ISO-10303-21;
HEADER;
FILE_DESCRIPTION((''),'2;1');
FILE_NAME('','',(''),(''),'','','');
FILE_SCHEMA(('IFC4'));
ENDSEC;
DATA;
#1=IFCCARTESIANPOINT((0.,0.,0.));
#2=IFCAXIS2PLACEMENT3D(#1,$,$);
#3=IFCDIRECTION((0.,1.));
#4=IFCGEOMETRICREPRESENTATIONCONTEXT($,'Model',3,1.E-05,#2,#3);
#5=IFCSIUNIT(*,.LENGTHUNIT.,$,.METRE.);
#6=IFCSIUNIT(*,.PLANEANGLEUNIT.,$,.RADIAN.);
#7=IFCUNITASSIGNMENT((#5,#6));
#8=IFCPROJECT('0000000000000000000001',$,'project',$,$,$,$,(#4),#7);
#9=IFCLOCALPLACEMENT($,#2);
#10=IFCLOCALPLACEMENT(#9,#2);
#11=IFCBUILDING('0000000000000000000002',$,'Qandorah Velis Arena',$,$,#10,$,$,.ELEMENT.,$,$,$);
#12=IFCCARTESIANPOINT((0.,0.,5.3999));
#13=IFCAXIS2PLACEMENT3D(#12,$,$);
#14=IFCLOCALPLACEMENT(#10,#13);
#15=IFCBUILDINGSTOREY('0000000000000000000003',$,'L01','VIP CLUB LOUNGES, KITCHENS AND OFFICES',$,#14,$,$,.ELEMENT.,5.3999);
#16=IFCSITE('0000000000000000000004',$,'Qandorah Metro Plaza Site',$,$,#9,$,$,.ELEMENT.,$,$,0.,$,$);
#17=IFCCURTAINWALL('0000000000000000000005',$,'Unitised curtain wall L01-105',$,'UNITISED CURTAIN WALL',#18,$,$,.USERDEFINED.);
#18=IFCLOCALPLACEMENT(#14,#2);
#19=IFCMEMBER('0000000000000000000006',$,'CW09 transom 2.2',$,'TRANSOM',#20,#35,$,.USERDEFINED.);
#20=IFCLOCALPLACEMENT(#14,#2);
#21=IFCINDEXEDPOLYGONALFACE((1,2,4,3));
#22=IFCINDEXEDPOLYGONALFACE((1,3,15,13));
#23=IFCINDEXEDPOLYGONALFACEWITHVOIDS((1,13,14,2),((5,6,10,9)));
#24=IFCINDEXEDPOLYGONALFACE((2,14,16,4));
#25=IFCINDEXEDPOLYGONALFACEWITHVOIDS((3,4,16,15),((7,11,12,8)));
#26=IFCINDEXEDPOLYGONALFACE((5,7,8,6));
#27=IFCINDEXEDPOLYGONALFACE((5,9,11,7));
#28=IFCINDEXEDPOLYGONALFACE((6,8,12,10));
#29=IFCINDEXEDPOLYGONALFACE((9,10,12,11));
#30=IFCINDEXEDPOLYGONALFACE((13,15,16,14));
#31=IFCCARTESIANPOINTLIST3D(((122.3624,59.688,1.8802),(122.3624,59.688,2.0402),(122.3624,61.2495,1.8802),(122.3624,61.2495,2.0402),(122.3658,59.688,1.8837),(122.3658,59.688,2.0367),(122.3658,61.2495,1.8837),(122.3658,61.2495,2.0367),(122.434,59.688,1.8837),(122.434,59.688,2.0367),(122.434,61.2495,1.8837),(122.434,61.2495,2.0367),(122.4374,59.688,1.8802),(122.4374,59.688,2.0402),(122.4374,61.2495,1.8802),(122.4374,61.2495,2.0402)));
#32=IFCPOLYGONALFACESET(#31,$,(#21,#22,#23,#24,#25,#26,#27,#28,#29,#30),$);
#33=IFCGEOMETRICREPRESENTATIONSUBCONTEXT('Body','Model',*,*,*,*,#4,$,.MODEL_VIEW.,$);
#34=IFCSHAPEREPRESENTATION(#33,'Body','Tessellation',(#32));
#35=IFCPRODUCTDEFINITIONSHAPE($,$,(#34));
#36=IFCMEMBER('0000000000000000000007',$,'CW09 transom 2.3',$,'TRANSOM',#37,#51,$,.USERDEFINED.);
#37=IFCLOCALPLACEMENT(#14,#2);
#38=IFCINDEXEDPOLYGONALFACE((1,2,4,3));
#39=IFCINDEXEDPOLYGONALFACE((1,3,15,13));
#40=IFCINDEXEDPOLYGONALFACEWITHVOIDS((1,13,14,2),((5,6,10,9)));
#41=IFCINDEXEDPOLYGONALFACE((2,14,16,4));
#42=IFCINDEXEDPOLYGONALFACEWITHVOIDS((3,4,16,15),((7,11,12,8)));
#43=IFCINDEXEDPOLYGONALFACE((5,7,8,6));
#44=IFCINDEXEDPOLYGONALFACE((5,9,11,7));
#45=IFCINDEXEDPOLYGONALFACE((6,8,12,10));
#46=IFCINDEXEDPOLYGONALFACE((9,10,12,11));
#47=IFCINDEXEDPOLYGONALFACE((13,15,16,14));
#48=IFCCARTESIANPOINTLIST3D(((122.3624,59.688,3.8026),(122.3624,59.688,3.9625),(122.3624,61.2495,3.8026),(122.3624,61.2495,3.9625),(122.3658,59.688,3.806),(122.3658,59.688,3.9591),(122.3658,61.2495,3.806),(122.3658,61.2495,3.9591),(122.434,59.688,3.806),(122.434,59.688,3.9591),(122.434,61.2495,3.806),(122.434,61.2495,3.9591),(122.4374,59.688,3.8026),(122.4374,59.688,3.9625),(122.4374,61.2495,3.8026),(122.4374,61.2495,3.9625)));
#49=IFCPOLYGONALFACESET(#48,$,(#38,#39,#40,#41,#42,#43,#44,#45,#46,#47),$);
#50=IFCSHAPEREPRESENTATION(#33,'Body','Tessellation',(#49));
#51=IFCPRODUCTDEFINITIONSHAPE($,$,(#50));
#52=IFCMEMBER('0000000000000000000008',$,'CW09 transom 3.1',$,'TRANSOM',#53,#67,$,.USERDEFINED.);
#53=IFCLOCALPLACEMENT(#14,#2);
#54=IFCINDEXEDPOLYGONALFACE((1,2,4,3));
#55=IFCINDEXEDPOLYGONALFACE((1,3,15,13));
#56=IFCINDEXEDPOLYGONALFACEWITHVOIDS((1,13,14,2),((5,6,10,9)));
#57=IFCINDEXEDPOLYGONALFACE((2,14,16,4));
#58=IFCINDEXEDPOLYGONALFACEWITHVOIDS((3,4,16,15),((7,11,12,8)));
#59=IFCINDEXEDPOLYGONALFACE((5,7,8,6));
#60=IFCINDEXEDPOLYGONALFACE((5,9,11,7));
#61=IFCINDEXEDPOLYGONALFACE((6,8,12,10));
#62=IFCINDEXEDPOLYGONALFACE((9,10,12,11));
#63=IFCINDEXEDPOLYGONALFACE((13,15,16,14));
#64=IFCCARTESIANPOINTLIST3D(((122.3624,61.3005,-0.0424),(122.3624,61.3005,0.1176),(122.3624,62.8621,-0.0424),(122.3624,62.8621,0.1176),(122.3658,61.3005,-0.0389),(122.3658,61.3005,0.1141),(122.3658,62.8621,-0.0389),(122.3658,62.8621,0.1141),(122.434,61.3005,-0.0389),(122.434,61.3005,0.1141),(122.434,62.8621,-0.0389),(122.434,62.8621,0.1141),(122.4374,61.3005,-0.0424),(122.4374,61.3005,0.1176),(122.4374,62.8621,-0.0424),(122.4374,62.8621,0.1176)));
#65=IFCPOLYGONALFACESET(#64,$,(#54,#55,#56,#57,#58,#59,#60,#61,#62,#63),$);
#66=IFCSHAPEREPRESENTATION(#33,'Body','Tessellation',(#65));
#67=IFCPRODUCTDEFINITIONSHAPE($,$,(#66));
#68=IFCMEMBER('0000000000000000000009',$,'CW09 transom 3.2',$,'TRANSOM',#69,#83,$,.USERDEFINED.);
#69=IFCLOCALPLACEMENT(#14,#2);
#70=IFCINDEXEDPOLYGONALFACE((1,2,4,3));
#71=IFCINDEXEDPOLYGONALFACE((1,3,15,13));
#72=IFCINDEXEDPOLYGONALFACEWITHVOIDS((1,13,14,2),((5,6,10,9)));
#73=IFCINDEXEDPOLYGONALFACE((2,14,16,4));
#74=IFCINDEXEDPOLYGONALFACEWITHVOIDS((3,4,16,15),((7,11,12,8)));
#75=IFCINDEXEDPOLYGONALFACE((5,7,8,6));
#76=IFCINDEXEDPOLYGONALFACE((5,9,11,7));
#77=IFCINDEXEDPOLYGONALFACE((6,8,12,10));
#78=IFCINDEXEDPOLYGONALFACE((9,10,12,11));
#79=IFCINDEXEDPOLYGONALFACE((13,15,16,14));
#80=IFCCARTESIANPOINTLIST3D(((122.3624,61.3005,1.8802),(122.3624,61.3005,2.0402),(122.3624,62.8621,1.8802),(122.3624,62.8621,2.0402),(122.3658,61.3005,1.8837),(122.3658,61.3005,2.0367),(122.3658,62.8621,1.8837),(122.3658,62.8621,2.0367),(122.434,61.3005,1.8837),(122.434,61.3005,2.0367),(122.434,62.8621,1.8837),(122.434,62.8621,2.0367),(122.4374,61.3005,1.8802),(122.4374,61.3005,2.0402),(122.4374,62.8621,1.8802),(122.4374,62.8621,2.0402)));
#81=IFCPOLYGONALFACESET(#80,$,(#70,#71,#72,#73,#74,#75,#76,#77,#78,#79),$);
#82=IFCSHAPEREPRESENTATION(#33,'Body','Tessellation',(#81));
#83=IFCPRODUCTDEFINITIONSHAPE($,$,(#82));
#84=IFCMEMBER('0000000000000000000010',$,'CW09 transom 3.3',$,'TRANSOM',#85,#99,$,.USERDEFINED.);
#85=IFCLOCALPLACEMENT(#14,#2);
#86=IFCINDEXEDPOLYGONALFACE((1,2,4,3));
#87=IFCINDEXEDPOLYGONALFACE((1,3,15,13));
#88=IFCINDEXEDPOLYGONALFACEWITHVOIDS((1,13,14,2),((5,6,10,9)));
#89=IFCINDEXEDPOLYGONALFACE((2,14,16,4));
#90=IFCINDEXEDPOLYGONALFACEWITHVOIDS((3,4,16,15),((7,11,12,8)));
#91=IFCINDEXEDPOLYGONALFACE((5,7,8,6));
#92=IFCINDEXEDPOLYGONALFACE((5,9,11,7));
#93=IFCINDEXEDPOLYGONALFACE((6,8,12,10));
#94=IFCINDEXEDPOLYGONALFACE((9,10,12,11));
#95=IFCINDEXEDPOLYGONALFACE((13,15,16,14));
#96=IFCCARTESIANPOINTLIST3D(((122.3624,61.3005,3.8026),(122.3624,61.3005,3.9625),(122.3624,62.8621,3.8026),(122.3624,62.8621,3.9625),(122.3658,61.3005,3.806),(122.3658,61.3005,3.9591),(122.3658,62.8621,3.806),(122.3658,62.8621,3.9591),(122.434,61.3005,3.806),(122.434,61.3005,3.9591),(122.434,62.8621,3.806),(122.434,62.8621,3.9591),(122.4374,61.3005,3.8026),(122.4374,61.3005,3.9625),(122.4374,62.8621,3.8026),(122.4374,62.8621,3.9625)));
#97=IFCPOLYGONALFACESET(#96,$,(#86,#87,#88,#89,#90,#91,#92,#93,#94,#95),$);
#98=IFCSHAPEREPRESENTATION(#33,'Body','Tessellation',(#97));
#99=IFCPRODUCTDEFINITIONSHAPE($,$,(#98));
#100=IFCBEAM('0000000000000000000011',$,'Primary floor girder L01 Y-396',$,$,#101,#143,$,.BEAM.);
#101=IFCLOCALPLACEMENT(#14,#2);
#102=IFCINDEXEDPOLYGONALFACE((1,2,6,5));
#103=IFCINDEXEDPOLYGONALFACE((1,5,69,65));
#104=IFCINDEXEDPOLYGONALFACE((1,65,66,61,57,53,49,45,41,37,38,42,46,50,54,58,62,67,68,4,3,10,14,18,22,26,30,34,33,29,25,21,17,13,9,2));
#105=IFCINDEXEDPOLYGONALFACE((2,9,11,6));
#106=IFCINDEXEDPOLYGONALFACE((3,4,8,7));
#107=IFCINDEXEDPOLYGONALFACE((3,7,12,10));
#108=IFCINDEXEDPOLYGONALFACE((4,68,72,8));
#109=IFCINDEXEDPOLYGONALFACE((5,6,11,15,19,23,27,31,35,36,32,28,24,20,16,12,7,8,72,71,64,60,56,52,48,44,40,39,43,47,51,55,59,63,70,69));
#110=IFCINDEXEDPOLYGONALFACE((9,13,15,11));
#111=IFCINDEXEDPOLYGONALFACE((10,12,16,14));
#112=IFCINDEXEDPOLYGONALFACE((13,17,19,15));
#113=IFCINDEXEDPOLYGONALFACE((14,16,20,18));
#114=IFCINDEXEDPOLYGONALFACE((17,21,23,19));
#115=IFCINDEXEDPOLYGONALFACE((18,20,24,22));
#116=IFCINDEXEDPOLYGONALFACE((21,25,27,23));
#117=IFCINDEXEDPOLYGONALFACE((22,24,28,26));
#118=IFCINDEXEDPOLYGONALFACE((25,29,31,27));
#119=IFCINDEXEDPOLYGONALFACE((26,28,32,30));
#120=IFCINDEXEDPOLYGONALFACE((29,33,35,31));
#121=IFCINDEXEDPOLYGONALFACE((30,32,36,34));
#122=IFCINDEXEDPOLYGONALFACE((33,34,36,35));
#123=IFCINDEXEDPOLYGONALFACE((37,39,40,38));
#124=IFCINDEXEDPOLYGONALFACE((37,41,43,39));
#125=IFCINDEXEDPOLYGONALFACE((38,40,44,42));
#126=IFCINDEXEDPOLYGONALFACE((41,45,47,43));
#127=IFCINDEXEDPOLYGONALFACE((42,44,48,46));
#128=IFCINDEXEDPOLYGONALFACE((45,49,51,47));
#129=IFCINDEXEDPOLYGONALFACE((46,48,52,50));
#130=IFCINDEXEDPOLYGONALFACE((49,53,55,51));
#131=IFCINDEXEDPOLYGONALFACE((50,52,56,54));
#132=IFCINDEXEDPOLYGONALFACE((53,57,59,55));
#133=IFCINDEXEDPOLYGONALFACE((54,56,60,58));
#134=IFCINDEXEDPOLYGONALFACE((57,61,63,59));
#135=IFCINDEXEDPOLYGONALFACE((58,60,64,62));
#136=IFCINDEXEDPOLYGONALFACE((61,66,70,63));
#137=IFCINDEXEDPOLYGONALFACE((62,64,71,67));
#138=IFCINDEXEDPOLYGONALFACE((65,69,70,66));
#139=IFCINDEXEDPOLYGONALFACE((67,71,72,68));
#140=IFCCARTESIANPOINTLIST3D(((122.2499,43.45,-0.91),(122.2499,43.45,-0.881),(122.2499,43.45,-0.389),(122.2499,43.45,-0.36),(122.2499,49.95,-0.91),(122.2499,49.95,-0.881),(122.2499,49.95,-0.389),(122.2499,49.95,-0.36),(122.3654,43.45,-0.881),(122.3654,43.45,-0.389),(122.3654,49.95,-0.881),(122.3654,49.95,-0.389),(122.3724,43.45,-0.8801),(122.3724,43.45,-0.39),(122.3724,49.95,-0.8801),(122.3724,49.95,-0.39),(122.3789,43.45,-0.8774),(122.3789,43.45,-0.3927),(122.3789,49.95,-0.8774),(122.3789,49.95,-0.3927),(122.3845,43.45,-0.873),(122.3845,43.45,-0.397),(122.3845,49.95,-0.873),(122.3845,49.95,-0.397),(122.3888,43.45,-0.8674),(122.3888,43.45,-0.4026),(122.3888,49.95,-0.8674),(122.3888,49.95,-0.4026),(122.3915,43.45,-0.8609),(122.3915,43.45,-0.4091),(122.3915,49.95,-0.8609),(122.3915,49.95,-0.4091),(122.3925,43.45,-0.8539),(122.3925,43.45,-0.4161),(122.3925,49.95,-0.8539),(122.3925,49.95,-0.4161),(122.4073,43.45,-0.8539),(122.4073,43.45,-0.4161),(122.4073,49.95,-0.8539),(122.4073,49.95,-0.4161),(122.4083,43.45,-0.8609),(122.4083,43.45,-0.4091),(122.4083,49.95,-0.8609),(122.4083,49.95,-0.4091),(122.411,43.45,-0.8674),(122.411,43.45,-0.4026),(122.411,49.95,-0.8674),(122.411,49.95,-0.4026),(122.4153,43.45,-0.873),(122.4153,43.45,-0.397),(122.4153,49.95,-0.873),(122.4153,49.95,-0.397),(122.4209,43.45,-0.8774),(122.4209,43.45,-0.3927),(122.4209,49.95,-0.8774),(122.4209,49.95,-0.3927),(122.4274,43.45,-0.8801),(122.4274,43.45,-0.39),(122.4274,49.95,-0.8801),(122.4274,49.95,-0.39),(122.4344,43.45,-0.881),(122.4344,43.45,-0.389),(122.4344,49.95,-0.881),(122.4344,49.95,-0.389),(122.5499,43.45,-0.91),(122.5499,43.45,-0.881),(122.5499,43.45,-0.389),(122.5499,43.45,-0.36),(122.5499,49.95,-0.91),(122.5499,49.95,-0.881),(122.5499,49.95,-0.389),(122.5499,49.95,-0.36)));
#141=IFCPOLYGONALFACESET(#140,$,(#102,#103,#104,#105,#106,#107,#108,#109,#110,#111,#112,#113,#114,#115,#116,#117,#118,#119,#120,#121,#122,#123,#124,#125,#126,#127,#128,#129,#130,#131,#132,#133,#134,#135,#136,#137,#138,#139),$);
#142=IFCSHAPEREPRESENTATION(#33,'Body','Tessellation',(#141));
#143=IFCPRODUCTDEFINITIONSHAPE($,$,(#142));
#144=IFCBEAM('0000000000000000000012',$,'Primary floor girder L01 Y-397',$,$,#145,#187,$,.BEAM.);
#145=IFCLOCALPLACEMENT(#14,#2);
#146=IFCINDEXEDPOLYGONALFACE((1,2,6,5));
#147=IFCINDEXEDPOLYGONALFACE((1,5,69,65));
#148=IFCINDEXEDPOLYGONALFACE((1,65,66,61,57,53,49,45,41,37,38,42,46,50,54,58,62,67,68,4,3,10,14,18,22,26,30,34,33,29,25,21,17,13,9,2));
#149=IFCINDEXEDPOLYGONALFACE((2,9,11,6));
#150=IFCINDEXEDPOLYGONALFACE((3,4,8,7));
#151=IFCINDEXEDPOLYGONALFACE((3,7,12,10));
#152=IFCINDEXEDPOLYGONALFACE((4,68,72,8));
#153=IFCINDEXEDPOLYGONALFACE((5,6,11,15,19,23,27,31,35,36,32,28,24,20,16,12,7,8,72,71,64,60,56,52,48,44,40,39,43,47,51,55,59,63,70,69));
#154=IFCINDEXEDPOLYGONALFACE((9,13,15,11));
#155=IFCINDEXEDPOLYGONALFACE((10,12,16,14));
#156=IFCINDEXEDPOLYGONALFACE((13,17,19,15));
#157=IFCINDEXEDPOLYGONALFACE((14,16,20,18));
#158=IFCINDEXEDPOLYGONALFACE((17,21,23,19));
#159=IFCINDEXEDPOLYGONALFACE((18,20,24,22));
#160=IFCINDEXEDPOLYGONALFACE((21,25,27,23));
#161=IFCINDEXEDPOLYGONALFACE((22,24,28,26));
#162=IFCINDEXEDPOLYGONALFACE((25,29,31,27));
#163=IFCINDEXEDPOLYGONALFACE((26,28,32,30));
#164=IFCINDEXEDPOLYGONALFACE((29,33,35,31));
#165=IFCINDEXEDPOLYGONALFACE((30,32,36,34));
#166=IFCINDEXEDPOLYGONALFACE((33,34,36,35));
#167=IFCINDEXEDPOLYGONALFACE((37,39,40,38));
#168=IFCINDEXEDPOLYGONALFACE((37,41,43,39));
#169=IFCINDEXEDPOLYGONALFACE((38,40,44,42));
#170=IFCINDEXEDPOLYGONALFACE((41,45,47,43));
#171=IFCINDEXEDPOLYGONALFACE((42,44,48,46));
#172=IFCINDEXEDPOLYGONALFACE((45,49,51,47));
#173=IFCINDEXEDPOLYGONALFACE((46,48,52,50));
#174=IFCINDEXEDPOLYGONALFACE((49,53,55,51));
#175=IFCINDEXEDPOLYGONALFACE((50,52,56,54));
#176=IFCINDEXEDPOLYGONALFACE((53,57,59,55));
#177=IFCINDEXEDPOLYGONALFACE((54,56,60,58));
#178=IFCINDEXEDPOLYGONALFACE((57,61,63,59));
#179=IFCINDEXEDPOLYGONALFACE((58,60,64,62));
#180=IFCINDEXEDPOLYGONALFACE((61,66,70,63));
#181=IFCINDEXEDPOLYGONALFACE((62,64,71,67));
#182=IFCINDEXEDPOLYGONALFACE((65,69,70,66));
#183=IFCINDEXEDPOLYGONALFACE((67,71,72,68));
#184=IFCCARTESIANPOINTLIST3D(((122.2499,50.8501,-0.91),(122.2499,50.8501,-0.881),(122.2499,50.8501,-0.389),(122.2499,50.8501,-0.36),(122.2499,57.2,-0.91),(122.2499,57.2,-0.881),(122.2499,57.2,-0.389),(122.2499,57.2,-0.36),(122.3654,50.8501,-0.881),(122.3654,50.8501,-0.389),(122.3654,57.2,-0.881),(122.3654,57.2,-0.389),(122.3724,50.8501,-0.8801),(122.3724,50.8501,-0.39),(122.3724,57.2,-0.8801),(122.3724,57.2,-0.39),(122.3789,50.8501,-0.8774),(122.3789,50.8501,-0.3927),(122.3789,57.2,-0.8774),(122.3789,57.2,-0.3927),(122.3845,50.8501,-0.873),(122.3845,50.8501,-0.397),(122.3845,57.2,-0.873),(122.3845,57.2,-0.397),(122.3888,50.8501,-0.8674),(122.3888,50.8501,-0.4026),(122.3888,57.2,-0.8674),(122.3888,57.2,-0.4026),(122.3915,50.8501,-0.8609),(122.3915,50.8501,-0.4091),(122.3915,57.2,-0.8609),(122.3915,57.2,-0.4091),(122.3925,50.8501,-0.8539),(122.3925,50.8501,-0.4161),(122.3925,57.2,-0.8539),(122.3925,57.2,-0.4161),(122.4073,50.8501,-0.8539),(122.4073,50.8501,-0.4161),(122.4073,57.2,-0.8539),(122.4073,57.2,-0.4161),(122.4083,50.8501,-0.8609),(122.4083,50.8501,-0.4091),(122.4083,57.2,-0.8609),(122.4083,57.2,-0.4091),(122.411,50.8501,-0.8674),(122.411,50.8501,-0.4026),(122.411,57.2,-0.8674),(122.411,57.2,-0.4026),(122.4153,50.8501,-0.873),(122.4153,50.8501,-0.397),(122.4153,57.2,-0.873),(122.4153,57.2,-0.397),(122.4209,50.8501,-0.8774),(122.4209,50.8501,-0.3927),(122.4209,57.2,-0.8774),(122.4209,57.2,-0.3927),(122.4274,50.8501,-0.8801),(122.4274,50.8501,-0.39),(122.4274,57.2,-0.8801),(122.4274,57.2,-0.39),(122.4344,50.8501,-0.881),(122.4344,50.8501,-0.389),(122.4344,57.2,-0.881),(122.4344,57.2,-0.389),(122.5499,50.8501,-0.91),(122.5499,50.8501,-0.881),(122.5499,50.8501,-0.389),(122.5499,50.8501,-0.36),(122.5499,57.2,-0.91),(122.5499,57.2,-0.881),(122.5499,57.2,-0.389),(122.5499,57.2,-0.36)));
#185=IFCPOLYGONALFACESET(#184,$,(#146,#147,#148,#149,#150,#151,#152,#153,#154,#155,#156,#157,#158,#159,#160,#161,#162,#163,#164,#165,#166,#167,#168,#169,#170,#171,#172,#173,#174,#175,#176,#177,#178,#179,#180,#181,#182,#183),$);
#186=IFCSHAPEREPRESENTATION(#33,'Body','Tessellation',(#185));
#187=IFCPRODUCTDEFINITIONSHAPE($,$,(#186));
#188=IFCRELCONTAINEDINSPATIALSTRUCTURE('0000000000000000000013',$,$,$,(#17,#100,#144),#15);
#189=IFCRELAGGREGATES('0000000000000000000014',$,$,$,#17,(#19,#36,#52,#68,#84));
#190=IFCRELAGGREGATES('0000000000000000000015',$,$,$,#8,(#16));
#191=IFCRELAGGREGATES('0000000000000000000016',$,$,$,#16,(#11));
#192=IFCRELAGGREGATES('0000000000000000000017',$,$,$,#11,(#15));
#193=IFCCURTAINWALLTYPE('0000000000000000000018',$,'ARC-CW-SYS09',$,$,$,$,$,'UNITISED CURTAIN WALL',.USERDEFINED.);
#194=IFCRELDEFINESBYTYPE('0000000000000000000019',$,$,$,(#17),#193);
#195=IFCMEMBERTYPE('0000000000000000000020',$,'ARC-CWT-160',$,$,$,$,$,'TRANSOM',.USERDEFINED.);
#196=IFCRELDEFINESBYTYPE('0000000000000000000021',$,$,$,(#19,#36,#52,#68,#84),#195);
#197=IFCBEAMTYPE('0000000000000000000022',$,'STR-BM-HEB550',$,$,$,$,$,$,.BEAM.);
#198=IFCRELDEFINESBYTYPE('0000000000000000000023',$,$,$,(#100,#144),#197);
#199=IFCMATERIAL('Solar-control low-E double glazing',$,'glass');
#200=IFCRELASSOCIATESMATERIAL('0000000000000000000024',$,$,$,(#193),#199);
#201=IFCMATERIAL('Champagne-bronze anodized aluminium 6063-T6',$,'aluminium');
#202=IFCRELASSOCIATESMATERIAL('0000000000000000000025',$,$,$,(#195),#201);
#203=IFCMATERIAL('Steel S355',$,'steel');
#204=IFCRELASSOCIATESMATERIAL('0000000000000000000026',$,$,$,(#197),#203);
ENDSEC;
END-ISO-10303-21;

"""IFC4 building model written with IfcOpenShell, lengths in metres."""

from ifc_helpers import new_model, si_unit, direction, frame, origin, origin_2d, place, context, subcontext, project, spatial, hollow_rectangle, i_section, extrude, material, material_profile, profile_set, type_object, element, aggregate, save


model = new_model("IFC4")

# Units and contexts
model_context = context("Model", 3, precision=1e-05, world=origin(), true_north=direction((0.0, 1.0)))
body_context = subcontext(model_context, "Body", "Model", "MODEL_VIEW")
ifc_project = project(units=[si_unit("LENGTHUNIT", "METRE"), si_unit("PLANEANGLEUNIT", "RADIAN")], contexts=[model_context])

# Site, building, storey
site_placement = place(None, origin())
site = spatial("IfcSite", under=ifc_project, at=site_placement, Name="Qandorah Metro Plaza Site", CompositionType="ELEMENT", RefElevation=0.0)
building_placement = place(site_placement, origin())
building = spatial("IfcBuilding", under=site, at=building_placement, Name="Qandorah Velis Arena", CompositionType="ELEMENT")
storey_placement = place(building_placement, frame((0.0, 0.0, 5.3999)))
storey = spatial("IfcBuildingStorey", under=building, at=storey_placement, Name="L01", Description="VIP CLUB LOUNGES, KITCHENS AND OFFICES", CompositionType="ELEMENT", Elevation=5.3999)

# Curtain wall, members
ifc_material_1 = material(Name="Solar-control low-E double glazing", Category="glass")
curtain_wall_type = type_object("IfcCurtainWallType", Name="ARC-CW-SYS09", ElementType="UNITISED CURTAIN WALL", PredefinedType="USERDEFINED", material=ifc_material_1)
curtain_wall_placement = place(storey_placement, origin())
curtain_wall = element("IfcCurtainWall", 1, at=curtain_wall_placement, inside=storey, type_object=curtain_wall_type, Name="Unitised curtain wall L01-105", ObjectType="UNITISED CURTAIN WALL", PredefinedType="USERDEFINED")
ifc_material_2 = material(Name="Champagne-bronze anodized aluminium 6063-T6", Category="aluminium")
ifc_material_profile_1 = material_profile(ifc_material_2, hollow_rectangle(XDim=0.075, YDim=0.1599, WallThickness=0.0034, at=origin_2d()), Name="ALU TRANSOM 75x160")
ifc_profile_set_1 = profile_set([ifc_material_profile_1], Name="Champagne-bronze anodized aluminium 6063-T6")
member_type_1 = type_object("IfcMemberType", Name="ARC-CWT-160", ElementType="TRANSOM", PredefinedType="USERDEFINED", material=ifc_profile_set_1)
member_1_placement = place(storey_placement, frame((122.3999, 59.688, 1.9602), z_axis=(0.0, 1.0, 0.0), x_axis=(-1.0, 0.0, 0.0)))
member_1 = element("IfcMember", 2, at=member_1_placement, type_object=member_type_1, Name="CW09 transom 2.2", ObjectType="TRANSOM", PredefinedType="USERDEFINED", context=body_context, shape_type="SweptSolid", body=[
    extrude(hollow_rectangle(XDim=0.075, YDim=0.1599, WallThickness=0.0034, at=origin_2d()), origin(), (0.0, 0.0, 1.0), 1.5615),
])
member_2_placement = place(storey_placement, frame((122.3999, 59.688, 3.8826), z_axis=(0.0, 1.0, 0.0), x_axis=(-1.0, 0.0, 0.0)))
member_2 = element("IfcMember", 3, at=member_2_placement, type_object=member_type_1, Name="CW09 transom 2.3", ObjectType="TRANSOM", PredefinedType="USERDEFINED", context=body_context, shape_type="SweptSolid", body=[
    extrude(hollow_rectangle(XDim=0.075, YDim=0.1599, WallThickness=0.0034, at=origin_2d()), origin(), (0.0, 0.0, 1.0), 1.5615),
])
member_3_placement = place(storey_placement, frame((122.3999, 61.3005, 0.0376), z_axis=(0.0, 1.0, 0.0), x_axis=(-1.0, 0.0, 0.0)))
member_3 = element("IfcMember", 4, at=member_3_placement, type_object=member_type_1, Name="CW09 transom 3.1", ObjectType="TRANSOM", PredefinedType="USERDEFINED", context=body_context, shape_type="SweptSolid", body=[
    extrude(hollow_rectangle(XDim=0.075, YDim=0.1599, WallThickness=0.0034, at=origin_2d()), origin(), (0.0, 0.0, 1.0), 1.5615),
])
member_4_placement = place(storey_placement, frame((122.3999, 61.3005, 1.9602), z_axis=(0.0, 1.0, 0.0), x_axis=(-1.0, 0.0, 0.0)))
member_4 = element("IfcMember", 5, at=member_4_placement, type_object=member_type_1, Name="CW09 transom 3.2", ObjectType="TRANSOM", PredefinedType="USERDEFINED", context=body_context, shape_type="SweptSolid", body=[
    extrude(hollow_rectangle(XDim=0.075, YDim=0.1599, WallThickness=0.0034, at=origin_2d()), origin(), (0.0, 0.0, 1.0), 1.5615),
])
member_5_placement = place(storey_placement, frame((122.3999, 61.3005, 3.8826), z_axis=(0.0, 1.0, 0.0), x_axis=(-1.0, 0.0, 0.0)))
member_5 = element("IfcMember", 6, at=member_5_placement, type_object=member_type_1, Name="CW09 transom 3.3", ObjectType="TRANSOM", PredefinedType="USERDEFINED", context=body_context, shape_type="SweptSolid", body=[
    extrude(hollow_rectangle(XDim=0.075, YDim=0.1599, WallThickness=0.0034, at=origin_2d()), origin(), (0.0, 0.0, 1.0), 1.5615),
])

# Beams
ifc_material_3 = material(Name="Steel S355", Category="steel")
ifc_material_profile_2 = material_profile(ifc_material_3, i_section(OverallWidth=0.3, OverallDepth=0.55, WebThickness=0.0149, FlangeThickness=0.0291, FilletRadius=0.0271, at=origin_2d()), Name="HEB 550")
ifc_profile_set_2 = profile_set([ifc_material_profile_2], Name="Steel S355")
beam_type_1 = type_object("IfcBeamType", Name="STR-BM-HEB550", PredefinedType="BEAM", material=ifc_profile_set_2)
beam_1_placement = place(storey_placement, frame((122.3999, 43.45, -0.635), z_axis=(0.0, 1.0, 0.0), x_axis=(-1.0, 0.0, 0.0)))
element("IfcBeam", 7, at=beam_1_placement, inside=storey, type_object=beam_type_1, Name="Primary floor girder L01 Y-396", PredefinedType="BEAM", context=body_context, shape_type="SweptSolid", body=[
    extrude(i_section(OverallWidth=0.3, OverallDepth=0.55, WebThickness=0.0149, FlangeThickness=0.0291, FilletRadius=0.0271, at=origin_2d()), origin(), (0.0, 0.0, 1.0), 6.5),
])
beam_2_placement = place(storey_placement, frame((122.3999, 50.8501, -0.635), z_axis=(0.0, 1.0, 0.0), x_axis=(-1.0, 0.0, 0.0)))
element("IfcBeam", 8, at=beam_2_placement, inside=storey, type_object=beam_type_1, Name="Primary floor girder L01 Y-397", PredefinedType="BEAM", context=body_context, shape_type="SweptSolid", body=[
    extrude(i_section(OverallWidth=0.3, OverallDepth=0.55, WebThickness=0.0149, FlangeThickness=0.0291, FilletRadius=0.0271, at=origin_2d()), origin(), (0.0, 0.0, 1.0), 6.3499),
])

aggregate(curtain_wall, [member_1, member_2, member_3, member_4, member_5])

save(model, "model.ifc")
